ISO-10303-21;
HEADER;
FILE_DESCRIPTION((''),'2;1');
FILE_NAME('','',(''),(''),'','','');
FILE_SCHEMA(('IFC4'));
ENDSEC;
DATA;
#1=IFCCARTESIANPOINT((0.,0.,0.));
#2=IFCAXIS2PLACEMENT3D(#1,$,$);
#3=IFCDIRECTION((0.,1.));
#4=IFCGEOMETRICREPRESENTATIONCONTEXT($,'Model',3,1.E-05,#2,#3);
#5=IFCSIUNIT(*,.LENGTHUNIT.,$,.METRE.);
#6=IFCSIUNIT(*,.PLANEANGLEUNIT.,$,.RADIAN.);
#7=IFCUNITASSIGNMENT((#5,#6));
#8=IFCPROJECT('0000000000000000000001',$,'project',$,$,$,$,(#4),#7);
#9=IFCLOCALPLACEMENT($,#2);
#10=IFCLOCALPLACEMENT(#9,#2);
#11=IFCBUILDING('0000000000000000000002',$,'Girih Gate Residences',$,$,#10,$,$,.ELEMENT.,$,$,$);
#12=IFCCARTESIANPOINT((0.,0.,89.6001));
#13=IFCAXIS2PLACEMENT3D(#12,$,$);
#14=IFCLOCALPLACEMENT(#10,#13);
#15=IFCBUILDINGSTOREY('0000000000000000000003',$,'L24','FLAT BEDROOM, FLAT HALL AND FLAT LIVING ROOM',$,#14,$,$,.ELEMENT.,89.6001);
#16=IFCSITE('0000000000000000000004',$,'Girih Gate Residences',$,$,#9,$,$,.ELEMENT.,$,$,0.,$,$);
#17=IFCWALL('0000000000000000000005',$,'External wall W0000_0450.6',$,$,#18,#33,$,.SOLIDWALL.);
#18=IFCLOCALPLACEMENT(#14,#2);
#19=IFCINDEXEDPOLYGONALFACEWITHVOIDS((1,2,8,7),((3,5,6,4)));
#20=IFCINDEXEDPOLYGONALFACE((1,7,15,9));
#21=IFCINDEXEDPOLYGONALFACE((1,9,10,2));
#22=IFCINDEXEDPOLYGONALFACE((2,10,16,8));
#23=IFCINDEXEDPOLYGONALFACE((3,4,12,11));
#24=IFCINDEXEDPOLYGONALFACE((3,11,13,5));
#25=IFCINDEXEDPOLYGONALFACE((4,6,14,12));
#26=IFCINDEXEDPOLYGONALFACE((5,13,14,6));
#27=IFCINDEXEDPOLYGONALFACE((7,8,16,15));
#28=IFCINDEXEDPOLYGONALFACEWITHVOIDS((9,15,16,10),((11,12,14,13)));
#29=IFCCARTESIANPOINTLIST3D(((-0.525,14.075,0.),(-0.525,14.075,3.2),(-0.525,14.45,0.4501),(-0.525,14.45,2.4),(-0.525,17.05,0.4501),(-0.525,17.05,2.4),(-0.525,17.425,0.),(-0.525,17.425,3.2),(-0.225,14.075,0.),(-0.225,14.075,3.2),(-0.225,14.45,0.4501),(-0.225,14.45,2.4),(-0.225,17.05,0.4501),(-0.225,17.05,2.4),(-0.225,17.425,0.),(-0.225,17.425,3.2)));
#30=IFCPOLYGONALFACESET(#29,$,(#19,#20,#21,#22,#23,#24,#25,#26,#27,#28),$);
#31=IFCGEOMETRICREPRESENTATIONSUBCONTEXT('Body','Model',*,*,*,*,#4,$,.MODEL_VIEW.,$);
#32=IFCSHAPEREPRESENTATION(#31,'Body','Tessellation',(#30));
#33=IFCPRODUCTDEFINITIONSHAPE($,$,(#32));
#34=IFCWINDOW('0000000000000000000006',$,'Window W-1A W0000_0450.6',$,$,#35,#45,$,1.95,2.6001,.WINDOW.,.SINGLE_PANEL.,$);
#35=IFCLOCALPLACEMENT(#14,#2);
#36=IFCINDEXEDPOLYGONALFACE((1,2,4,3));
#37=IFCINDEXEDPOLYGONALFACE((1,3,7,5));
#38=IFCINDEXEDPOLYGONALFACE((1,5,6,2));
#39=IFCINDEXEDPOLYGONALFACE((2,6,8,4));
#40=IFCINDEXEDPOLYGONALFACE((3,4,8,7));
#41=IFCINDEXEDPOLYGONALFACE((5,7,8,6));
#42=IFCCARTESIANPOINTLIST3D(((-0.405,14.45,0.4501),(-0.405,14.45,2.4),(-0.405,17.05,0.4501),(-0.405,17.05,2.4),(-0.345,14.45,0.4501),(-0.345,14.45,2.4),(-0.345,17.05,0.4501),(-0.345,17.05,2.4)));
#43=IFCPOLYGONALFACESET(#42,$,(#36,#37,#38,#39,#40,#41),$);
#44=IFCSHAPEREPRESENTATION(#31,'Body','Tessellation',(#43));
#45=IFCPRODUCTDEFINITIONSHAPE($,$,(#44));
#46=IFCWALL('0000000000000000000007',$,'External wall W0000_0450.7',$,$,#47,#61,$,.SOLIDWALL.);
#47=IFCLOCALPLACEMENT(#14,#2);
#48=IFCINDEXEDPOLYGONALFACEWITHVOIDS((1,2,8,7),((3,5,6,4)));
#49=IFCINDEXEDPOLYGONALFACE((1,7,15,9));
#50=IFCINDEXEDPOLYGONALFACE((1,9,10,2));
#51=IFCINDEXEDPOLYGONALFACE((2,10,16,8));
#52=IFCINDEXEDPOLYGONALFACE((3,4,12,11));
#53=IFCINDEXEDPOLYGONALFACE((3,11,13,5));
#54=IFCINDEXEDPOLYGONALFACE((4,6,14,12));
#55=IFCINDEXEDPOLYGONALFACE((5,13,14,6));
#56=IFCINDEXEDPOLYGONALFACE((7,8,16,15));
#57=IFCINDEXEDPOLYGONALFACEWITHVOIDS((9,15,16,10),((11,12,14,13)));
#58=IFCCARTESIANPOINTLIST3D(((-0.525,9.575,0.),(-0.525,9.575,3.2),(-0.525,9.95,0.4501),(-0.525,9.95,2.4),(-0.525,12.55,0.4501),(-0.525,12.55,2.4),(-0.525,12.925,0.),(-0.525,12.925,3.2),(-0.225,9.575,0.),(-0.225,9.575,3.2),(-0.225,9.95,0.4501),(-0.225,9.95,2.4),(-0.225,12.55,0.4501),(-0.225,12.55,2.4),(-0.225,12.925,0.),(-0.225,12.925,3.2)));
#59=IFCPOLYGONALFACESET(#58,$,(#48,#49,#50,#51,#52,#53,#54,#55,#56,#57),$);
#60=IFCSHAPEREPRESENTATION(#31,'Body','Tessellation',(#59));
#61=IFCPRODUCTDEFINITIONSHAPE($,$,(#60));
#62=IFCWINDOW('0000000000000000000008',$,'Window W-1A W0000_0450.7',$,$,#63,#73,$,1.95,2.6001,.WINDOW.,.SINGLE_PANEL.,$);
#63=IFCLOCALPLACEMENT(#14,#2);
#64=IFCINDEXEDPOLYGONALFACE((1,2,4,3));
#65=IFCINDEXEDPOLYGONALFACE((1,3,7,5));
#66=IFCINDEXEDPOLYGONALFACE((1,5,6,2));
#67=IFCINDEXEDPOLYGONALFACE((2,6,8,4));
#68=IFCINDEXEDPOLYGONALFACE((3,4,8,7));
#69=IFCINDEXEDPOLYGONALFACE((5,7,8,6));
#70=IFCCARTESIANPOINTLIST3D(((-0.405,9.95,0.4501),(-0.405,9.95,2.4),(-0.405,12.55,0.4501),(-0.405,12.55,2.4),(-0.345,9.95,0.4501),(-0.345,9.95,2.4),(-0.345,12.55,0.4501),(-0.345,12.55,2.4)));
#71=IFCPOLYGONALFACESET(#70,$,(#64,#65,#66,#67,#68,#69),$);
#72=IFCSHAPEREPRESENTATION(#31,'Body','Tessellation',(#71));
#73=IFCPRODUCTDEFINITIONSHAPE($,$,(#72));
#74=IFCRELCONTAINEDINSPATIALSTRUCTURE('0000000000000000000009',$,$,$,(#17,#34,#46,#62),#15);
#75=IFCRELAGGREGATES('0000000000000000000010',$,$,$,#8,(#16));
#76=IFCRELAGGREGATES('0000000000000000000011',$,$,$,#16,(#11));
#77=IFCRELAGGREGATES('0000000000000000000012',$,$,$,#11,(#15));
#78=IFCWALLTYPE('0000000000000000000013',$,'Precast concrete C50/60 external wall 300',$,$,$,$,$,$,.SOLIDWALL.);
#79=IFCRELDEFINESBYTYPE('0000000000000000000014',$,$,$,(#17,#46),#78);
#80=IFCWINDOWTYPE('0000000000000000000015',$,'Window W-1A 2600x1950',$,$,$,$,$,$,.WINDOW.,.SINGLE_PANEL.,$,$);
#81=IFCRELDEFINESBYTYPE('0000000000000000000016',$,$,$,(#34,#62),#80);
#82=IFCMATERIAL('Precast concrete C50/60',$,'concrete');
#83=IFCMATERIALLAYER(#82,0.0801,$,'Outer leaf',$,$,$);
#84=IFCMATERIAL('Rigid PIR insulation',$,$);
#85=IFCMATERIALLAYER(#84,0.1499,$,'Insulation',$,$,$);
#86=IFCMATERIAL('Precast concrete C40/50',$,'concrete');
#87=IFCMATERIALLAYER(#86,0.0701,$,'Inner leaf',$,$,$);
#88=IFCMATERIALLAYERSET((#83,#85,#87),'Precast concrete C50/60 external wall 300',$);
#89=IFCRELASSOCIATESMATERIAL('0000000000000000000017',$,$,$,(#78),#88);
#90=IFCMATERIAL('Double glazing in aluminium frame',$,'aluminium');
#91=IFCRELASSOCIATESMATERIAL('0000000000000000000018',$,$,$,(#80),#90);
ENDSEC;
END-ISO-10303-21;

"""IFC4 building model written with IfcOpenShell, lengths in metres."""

from ifc_helpers import new_model, si_unit, direction, frame, frame_2d, origin, place, context, subcontext, project, spatial, rectangle, extrude, material, layer, layer_set, type_object, element, fill, save


model = new_model("IFC4")

# Units and contexts
model_context = context("Model", 3, precision=1e-05, world=origin(), true_north=direction((0.0, 1.0)))
body_context = subcontext(model_context, "Body", "Model", "MODEL_VIEW")
ifc_project = project(units=[si_unit("LENGTHUNIT", "METRE"), si_unit("PLANEANGLEUNIT", "RADIAN")], contexts=[model_context])

# Site, building, storey
site_placement = place(None, origin())
site = spatial("IfcSite", under=ifc_project, at=site_placement, Name="Girih Gate Residences", CompositionType="ELEMENT", RefElevation=0.0)
building_placement = place(site_placement, origin())
building = spatial("IfcBuilding", under=site, at=building_placement, Name="Girih Gate Residences", CompositionType="ELEMENT")
storey_placement = place(building_placement, frame((0.0, 0.0, 89.6001)))
storey = spatial("IfcBuildingStorey", under=building, at=storey_placement, Name="L24", Description="FLAT BEDROOM, FLAT HALL AND FLAT LIVING ROOM", CompositionType="ELEMENT", Elevation=89.6001)

# Walls, openings, windows
ifc_material_1 = material(Name="Precast concrete C50/60", Category="concrete")
ifc_layer_1 = layer(ifc_material_1, 0.0801, Name="Outer leaf")
ifc_material_2 = material(Name="Rigid PIR insulation")
ifc_layer_2 = layer(ifc_material_2, 0.1499, Name="Insulation")
ifc_material_3 = material(Name="Precast concrete C40/50", Category="concrete")
ifc_layer_3 = layer(ifc_material_3, 0.0701, Name="Inner leaf")
ifc_layer_set_1 = layer_set([ifc_layer_1, ifc_layer_2, ifc_layer_3], Name="Precast concrete C50/60 external wall 300")
wall_type_1 = type_object("IfcWallType", Name="Precast concrete C50/60 external wall 300", PredefinedType="SOLIDWALL", material=ifc_layer_set_1)
ifc_material_4 = material(Name="Double glazing in aluminium frame", Category="aluminium")
window_type = type_object("IfcWindowType", Name="Window W-1A 2600x1950", PartitioningType="SINGLE_PANEL", PredefinedType="WINDOW", material=ifc_material_4)
wall_1_placement = place(storey_placement, frame((-0.375, 14.075, 0.0), z_axis=(0.0, 0.0, 1.0), x_axis=(0.0, 1.0, 0.0)))
wall_1 = element("IfcWall", 1, at=wall_1_placement, inside=storey, type_object=wall_type_1, Name="External wall W0000_0450.6", PredefinedType="SOLIDWALL", context=body_context, shape_type="SweptSolid", body=[
    extrude(rectangle(XDim=3.3501, YDim=0.3, at=frame_2d((1.675, 0.0))), origin(), (0.0, 0.0, 1.0), 3.2),
])
opening_1_placement = place(wall_1_placement, frame((0.375, 0.0, 0.45)))
opening_1 = element("IfcOpeningElement", 2, at=opening_1_placement, cuts=wall_1, PredefinedType="OPENING", context=body_context, shape_type="SweptSolid", body=[
    extrude(rectangle(XDim=2.6001, YDim=1.95, at=frame_2d((1.3, 0.9751))), frame((0.0, 0.1599, 0.0), z_axis=(0.0, -1.0, 0.0), x_axis=(1.0, 0.0, 0.0)), (0.0, 0.0, 1.0), 0.3201),
])
window_1_placement = place(opening_1_placement, origin())
window_1 = element("IfcWindow", 3, at=window_1_placement, inside=storey, type_object=window_type, Name="Window W-1A W0000_0450.6", OverallHeight=1.95, OverallWidth=2.6001, PartitioningType="SINGLE_PANEL", PredefinedType="WINDOW", context=body_context, shape_type="SweptSolid", body=[
    extrude(rectangle(XDim=2.6001, YDim=1.95, at=frame_2d((1.3, 0.9751))), frame((0.0, 0.03, 0.0), z_axis=(0.0, -1.0, 0.0), x_axis=(1.0, 0.0, 0.0)), (0.0, 0.0, 1.0), 0.0601),
])
fill(opening_1, window_1)
wall_2_placement = place(storey_placement, frame((-0.375, 9.575, 0.0), z_axis=(0.0, 0.0, 1.0), x_axis=(0.0, 1.0, 0.0)))
wall_2 = element("IfcWall", 4, at=wall_2_placement, inside=storey, type_object=wall_type_1, Name="External wall W0000_0450.7", PredefinedType="SOLIDWALL", context=body_context, shape_type="SweptSolid", body=[
    extrude(rectangle(XDim=3.3501, YDim=0.3, at=frame_2d((1.675, 0.0))), origin(), (0.0, 0.0, 1.0), 3.2),
])
opening_2_placement = place(wall_2_placement, frame((0.375, 0.0, 0.45)))
opening_2 = element("IfcOpeningElement", 5, at=opening_2_placement, cuts=wall_2, PredefinedType="OPENING", context=body_context, shape_type="SweptSolid", body=[
    extrude(rectangle(XDim=2.6001, YDim=1.95, at=frame_2d((1.3, 0.9751))), frame((0.0, 0.1599, 0.0), z_axis=(0.0, -1.0, 0.0), x_axis=(1.0, 0.0, 0.0)), (0.0, 0.0, 1.0), 0.3201),
])
window_2_placement = place(opening_2_placement, origin())
window_2 = element("IfcWindow", 6, at=window_2_placement, inside=storey, type_object=window_type, Name="Window W-1A W0000_0450.7", OverallHeight=1.95, OverallWidth=2.6001, PartitioningType="SINGLE_PANEL", PredefinedType="WINDOW", context=body_context, shape_type="SweptSolid", body=[
    extrude(rectangle(XDim=2.6001, YDim=1.95, at=frame_2d((1.3, 0.9751))), frame((0.0, 0.03, 0.0), z_axis=(0.0, -1.0, 0.0), x_axis=(1.0, 0.0, 0.0)), (0.0, 0.0, 1.0), 0.0601),
])
fill(opening_2, window_2)

save(model, "model.ifc")
